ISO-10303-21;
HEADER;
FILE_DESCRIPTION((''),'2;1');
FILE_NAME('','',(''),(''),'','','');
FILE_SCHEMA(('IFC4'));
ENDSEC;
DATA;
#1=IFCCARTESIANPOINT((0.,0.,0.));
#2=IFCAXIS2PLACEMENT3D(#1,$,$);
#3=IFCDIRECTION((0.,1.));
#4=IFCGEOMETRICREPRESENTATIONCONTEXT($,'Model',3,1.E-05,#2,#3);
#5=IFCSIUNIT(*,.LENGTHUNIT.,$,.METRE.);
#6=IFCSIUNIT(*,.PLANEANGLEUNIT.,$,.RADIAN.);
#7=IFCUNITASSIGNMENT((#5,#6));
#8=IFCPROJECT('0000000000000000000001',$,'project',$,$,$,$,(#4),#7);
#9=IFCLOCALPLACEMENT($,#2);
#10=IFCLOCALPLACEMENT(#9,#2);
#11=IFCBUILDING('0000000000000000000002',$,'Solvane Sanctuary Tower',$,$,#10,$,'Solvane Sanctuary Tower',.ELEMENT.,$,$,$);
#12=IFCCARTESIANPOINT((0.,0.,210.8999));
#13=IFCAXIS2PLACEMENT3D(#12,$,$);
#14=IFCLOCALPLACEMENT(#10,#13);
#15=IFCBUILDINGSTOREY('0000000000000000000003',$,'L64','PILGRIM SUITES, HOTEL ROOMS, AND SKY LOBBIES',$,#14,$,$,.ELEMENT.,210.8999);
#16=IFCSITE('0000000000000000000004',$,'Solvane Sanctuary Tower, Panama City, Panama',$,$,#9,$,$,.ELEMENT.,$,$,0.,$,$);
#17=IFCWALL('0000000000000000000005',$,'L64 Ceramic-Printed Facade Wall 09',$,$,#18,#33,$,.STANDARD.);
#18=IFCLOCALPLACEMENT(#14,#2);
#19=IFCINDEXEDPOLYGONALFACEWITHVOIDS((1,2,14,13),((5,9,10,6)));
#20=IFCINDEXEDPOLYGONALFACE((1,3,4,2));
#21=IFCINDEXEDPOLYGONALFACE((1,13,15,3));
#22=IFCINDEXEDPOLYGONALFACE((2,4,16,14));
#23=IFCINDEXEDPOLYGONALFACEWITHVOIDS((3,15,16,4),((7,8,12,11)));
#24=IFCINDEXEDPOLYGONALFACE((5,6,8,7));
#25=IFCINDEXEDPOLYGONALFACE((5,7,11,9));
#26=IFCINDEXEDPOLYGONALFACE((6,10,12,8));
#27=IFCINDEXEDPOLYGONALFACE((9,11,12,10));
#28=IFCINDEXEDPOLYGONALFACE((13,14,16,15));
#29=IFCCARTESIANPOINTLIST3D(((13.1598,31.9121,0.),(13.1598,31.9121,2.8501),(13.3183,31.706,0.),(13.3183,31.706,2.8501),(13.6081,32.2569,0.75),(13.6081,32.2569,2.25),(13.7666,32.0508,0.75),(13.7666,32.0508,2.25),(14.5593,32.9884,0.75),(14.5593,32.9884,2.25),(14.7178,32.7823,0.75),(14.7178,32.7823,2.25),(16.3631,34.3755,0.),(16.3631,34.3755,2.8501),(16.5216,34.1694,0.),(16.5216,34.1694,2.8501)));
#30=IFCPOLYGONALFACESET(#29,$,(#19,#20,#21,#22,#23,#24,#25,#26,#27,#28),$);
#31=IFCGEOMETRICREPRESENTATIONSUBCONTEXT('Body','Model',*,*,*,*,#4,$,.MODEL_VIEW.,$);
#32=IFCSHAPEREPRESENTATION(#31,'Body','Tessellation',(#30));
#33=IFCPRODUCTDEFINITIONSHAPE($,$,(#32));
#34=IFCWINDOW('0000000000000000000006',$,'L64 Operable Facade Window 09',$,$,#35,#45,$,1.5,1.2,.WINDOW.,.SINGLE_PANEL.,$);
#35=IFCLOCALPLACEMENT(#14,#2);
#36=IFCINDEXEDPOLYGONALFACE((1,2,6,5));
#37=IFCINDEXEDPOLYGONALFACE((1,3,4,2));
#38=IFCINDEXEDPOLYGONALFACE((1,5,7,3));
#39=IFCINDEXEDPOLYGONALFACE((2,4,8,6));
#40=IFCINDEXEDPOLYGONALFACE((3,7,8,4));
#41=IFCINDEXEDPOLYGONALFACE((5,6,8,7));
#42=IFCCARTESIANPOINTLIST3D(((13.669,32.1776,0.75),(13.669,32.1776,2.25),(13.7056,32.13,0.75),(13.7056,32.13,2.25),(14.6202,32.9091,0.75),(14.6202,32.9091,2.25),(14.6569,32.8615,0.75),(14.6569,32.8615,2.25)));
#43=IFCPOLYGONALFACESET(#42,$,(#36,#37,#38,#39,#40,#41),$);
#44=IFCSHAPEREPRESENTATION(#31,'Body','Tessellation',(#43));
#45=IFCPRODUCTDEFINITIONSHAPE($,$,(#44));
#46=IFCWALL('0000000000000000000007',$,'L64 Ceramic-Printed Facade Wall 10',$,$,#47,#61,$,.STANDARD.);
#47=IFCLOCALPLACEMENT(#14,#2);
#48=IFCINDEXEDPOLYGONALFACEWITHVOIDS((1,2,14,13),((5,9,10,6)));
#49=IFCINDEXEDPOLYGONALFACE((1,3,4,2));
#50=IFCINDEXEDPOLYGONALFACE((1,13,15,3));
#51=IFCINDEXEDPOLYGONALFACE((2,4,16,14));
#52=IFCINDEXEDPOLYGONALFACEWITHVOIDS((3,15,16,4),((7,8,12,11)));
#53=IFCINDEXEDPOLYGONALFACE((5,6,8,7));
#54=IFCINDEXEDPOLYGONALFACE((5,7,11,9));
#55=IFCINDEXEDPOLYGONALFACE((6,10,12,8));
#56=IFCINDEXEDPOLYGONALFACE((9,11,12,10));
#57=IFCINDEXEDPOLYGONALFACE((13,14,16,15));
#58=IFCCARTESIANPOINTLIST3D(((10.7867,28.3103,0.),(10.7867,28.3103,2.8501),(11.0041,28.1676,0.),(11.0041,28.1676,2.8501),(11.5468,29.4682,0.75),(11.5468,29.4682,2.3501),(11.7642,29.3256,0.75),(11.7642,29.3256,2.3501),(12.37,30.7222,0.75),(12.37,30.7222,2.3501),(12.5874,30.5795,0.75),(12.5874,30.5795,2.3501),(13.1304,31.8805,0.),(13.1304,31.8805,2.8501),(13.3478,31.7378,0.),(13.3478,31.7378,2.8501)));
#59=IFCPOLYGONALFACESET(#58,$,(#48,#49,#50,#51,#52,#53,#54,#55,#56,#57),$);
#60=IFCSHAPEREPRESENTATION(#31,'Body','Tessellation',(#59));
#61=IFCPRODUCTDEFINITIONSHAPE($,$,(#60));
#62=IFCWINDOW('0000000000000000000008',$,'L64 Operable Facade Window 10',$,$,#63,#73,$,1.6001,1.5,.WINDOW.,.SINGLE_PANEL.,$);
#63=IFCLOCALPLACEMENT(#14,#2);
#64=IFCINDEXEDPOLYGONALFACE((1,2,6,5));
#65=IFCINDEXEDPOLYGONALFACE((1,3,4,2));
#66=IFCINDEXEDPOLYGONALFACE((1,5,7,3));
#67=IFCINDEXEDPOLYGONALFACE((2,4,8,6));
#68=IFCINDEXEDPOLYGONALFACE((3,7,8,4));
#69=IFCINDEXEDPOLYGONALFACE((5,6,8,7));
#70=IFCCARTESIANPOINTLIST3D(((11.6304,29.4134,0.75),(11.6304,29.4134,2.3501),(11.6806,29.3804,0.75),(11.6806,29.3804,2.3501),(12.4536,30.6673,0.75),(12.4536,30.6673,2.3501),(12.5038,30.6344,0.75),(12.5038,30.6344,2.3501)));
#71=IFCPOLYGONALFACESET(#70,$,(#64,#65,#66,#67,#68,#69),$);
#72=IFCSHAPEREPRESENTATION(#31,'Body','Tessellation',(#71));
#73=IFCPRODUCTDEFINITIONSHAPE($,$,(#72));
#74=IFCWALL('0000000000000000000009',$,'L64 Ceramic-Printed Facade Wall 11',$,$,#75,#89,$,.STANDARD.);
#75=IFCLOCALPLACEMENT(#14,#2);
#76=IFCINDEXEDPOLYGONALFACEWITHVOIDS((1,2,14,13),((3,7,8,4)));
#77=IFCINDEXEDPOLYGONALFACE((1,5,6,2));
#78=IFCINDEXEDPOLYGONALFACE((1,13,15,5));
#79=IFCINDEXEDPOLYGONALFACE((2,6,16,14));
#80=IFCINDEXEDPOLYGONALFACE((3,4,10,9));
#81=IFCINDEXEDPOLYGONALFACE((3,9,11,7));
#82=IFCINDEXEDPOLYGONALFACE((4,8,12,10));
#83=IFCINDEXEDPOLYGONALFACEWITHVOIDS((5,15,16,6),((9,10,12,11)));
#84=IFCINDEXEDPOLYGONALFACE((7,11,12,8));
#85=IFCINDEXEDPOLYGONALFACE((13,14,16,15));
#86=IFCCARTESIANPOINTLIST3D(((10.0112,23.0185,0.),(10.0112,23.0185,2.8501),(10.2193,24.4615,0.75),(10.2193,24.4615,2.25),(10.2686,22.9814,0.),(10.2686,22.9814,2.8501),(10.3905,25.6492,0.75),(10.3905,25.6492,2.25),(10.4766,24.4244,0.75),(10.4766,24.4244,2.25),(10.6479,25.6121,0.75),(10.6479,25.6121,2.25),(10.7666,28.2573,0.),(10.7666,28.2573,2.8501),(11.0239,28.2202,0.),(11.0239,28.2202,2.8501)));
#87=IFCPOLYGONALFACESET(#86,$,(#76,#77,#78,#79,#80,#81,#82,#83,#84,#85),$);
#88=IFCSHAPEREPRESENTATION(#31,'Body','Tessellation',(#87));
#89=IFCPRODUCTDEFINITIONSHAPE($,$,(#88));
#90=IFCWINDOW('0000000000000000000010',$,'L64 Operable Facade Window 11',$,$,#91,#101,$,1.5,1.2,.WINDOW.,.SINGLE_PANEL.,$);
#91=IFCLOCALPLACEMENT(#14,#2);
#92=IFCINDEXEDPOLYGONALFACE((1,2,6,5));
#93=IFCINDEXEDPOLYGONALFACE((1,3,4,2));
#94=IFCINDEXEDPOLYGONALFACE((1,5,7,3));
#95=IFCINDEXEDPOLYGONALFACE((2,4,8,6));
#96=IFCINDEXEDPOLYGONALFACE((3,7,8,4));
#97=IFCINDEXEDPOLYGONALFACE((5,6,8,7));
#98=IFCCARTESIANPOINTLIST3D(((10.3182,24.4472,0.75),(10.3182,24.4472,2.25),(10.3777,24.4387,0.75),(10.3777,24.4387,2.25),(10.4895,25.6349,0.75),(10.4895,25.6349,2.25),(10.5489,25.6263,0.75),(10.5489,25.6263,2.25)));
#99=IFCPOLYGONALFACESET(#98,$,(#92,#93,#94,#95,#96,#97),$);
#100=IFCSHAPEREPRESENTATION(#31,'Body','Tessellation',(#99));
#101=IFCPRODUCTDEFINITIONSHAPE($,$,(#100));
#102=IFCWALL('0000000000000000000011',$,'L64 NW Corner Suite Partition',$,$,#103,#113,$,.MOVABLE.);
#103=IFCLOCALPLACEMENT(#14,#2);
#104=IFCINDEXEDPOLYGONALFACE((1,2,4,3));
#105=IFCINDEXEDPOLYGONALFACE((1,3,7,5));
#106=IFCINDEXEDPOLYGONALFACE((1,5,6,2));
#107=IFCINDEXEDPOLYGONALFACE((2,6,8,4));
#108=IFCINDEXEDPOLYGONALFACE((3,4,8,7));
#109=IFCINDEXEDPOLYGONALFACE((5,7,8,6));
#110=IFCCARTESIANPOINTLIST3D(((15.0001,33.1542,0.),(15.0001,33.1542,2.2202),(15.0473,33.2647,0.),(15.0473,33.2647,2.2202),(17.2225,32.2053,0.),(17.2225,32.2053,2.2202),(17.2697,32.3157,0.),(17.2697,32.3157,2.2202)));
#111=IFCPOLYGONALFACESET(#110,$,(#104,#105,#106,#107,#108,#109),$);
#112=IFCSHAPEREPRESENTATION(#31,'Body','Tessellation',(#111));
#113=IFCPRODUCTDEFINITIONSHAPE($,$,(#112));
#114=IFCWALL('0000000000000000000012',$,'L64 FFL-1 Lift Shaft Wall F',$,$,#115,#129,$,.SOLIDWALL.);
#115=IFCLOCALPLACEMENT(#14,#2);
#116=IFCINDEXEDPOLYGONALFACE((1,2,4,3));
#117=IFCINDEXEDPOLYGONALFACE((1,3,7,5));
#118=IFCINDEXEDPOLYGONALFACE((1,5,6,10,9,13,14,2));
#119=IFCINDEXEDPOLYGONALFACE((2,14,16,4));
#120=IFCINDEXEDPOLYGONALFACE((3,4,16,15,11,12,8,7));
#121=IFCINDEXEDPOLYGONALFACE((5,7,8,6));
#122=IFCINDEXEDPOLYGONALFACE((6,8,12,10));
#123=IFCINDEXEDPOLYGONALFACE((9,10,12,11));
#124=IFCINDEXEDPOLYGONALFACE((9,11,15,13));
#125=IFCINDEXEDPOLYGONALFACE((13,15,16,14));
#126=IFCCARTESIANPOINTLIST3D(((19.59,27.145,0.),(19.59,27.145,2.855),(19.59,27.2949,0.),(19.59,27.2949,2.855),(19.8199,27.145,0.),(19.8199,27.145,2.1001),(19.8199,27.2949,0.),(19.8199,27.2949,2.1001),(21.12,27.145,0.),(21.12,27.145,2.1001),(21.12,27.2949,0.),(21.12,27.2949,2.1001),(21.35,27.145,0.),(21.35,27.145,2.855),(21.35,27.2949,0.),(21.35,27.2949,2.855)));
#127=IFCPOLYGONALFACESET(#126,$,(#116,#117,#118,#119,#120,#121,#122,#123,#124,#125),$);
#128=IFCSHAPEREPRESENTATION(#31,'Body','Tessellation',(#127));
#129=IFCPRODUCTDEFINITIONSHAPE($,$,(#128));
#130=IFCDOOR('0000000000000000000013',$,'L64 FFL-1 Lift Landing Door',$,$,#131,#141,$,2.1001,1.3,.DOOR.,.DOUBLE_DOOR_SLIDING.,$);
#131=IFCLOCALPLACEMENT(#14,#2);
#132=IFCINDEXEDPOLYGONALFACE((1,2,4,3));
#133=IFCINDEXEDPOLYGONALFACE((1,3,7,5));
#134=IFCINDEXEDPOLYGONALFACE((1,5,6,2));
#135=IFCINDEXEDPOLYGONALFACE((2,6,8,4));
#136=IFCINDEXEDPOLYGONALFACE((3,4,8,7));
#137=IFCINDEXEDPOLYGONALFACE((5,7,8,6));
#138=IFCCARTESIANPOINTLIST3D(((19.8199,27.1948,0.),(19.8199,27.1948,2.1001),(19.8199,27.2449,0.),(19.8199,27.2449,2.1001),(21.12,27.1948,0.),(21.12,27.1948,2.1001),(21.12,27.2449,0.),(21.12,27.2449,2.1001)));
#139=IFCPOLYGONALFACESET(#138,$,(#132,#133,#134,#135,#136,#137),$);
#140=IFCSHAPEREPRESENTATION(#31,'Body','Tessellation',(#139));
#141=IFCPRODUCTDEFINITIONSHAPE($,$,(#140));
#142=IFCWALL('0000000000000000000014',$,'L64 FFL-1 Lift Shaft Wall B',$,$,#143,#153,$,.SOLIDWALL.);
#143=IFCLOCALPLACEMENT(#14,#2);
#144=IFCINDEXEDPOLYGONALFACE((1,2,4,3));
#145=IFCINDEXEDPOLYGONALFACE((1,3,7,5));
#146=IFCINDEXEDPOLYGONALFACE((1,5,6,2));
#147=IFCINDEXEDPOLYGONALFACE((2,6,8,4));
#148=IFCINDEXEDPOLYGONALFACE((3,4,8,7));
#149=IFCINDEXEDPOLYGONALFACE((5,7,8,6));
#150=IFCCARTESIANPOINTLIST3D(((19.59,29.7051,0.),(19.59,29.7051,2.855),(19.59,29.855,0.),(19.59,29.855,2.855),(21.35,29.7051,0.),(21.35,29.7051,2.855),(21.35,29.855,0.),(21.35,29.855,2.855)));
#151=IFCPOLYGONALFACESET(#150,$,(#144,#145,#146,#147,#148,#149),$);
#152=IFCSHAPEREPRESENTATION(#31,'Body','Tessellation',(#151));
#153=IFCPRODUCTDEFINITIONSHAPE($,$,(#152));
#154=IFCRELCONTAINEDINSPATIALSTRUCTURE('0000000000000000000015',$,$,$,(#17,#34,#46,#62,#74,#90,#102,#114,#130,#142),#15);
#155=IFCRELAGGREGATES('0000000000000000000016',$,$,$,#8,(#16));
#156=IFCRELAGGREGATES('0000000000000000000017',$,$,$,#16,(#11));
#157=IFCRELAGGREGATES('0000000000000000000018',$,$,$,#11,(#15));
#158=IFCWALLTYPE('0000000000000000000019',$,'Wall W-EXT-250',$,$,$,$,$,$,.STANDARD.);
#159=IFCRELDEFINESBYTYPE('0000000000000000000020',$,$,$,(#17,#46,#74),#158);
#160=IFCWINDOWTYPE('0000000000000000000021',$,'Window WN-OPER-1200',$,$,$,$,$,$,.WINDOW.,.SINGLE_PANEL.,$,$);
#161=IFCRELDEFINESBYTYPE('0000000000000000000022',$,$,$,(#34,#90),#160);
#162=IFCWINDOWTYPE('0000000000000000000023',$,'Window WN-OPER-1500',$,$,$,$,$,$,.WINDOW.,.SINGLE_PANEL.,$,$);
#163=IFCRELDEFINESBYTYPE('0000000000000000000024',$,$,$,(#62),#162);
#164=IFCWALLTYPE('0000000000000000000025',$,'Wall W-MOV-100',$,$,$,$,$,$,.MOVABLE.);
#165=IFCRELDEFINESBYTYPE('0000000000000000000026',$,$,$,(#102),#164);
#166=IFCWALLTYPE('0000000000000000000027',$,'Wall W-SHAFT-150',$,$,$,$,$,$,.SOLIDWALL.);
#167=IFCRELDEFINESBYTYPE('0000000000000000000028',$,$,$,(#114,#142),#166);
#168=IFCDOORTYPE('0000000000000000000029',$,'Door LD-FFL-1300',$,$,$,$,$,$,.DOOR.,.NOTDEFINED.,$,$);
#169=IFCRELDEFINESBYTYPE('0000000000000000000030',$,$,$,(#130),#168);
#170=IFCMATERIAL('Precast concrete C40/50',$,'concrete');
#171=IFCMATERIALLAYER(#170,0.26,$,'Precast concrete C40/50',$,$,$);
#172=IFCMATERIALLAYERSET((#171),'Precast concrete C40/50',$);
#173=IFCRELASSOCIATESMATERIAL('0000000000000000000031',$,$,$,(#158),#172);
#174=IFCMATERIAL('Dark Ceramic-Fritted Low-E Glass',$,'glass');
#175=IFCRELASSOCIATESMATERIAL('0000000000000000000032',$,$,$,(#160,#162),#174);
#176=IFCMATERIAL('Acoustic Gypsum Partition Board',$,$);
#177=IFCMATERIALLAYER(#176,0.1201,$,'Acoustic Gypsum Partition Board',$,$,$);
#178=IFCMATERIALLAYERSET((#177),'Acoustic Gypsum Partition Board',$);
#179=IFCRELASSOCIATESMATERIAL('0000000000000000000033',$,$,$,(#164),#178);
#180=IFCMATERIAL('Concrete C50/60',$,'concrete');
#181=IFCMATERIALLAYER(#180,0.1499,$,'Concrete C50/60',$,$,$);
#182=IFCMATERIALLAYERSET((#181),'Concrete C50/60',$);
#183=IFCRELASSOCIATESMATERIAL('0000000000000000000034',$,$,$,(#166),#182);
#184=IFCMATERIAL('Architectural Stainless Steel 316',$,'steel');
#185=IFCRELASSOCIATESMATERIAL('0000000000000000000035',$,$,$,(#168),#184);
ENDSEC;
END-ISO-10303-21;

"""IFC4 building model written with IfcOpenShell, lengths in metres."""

from ifc_helpers import new_model, si_unit, direction, frame, frame_2d, origin, place, context, subcontext, project, spatial, rectangle, extrude, material, layer, layer_set, type_object, element, fill, save


model = new_model("IFC4")

# Units and contexts
model_context = context("Model", 3, precision=1e-05, world=origin(), true_north=direction((0.0, 1.0)))
body_context = subcontext(model_context, "Body", "Model", "MODEL_VIEW")
ifc_project = project(units=[si_unit("LENGTHUNIT", "METRE"), si_unit("PLANEANGLEUNIT", "RADIAN")], contexts=[model_context])

# Site, building, storey
site_placement = place(None, origin())
site = spatial("IfcSite", under=ifc_project, at=site_placement, Name="Solvane Sanctuary Tower, Panama City, Panama", CompositionType="ELEMENT", RefElevation=0.0)
building_placement = place(site_placement, origin())
building = spatial("IfcBuilding", under=site, at=building_placement, Name="Solvane Sanctuary Tower", LongName="Solvane Sanctuary Tower", CompositionType="ELEMENT")
storey_placement = place(building_placement, frame((0.0, 0.0, 210.8999)))
storey = spatial("IfcBuildingStorey", under=building, at=storey_placement, Name="L64", Description="PILGRIM SUITES, HOTEL ROOMS, AND SKY LOBBIES", CompositionType="ELEMENT", Elevation=210.8999)

# Shared definitions
ifc_material_1 = material(Name="Concrete C50/60", Category="concrete")

# Shared definitions
ifc_material_2 = material(Name="Acoustic Gypsum Partition Board")

# Shared definitions
ifc_material_3 = material(Name="Architectural Stainless Steel 316", Category="steel")

# Shared definitions
ifc_material_4 = material(Name="Precast concrete C40/50", Category="concrete")
ifc_layer_1 = layer(ifc_material_4, 0.26, Name="Precast concrete C40/50")
ifc_layer_set_1 = layer_set([ifc_layer_1], Name="Precast concrete C40/50")
wall_type_1 = type_object("IfcWallType", Name="Wall W-EXT-250", PredefinedType="STANDARD", material=ifc_layer_set_1)

# Walls, openings, windows
wall_1_placement = place(storey_placement, frame((16.4424, 34.2725, 0.0), z_axis=(0.0, 0.0, 1.0), x_axis=(-0.792714, -0.609594, 0.0)))
wall_1 = element("IfcWall", 1, at=wall_1_placement, inside=storey, type_object=wall_type_1, Name="L64 Ceramic-Printed Facade Wall 09", PredefinedType="STANDARD", context=body_context, shape_type="SweptSolid", body=[
    extrude(rectangle(XDim=4.041, YDim=0.26, at=frame_2d((2.0205, 0.0))), origin(), (0.0, 0.0, 1.0), 2.8501),
])
opening_1_placement = place(wall_1_placement, frame((2.2754, 0.0, 0.75)))
opening_1 = element("IfcOpeningElement", 2, at=opening_1_placement, cuts=wall_1, PredefinedType="OPENING", context=body_context, shape_type="SweptSolid", body=[
    extrude(rectangle(XDim=1.2, YDim=1.5, at=frame_2d((0.6001, 0.75))), frame((0.0, 0.1399, 0.0), z_axis=(0.0, -1.0, 0.0), x_axis=(1.0, 0.0, 0.0)), (0.0, 0.0, 1.0), 0.28),
])
ifc_material_5 = material(Name="Dark Ceramic-Fritted Low-E Glass", Category="glass")
window_type_1 = type_object("IfcWindowType", Name="Window WN-OPER-1200", PartitioningType="SINGLE_PANEL", PredefinedType="WINDOW", material=ifc_material_5)
window_1_placement = place(opening_1_placement, origin())
window_1 = element("IfcWindow", 3, at=window_1_placement, inside=storey, type_object=window_type_1, Name="L64 Operable Facade Window 09", OverallHeight=1.5, OverallWidth=1.2, PartitioningType="SINGLE_PANEL", PredefinedType="WINDOW", context=body_context, shape_type="SweptSolid", body=[
    extrude(rectangle(XDim=1.2, YDim=1.5, at=frame_2d((0.6001, 0.75))), frame((0.0, 0.03, 0.0), z_axis=(0.0, -1.0, 0.0), x_axis=(1.0, 0.0, 0.0)), (0.0, 0.0, 1.0), 0.0601),
])
fill(opening_1, window_1)
wall_2_placement = place(storey_placement, frame((13.239, 31.8091, 0.0), z_axis=(0.0, 0.0, 1.0), x_axis=(-0.548776, -0.835969, 0.0)))
wall_2 = element("IfcWall", 4, at=wall_2_placement, inside=storey, type_object=wall_type_1, Name="L64 Ceramic-Printed Facade Wall 10", PredefinedType="STANDARD", context=body_context, shape_type="SweptSolid", body=[
    extrude(rectangle(XDim=4.2708, YDim=0.26, at=frame_2d((2.1353, 0.0))), origin(), (0.0, 0.0, 1.0), 2.8501),
])
opening_2_placement = place(wall_2_placement, frame((1.3855, 0.0, 0.75)))
opening_2 = element("IfcOpeningElement", 5, at=opening_2_placement, cuts=wall_2, PredefinedType="OPENING", context=body_context, shape_type="SweptSolid", body=[
    extrude(rectangle(XDim=1.5, YDim=1.6001, at=frame_2d((0.75, 0.8))), frame((0.0, 0.1399, 0.0), z_axis=(0.0, -1.0, 0.0), x_axis=(1.0, 0.0, 0.0)), (0.0, 0.0, 1.0), 0.28),
])
window_type_2 = type_object("IfcWindowType", Name="Window WN-OPER-1500", PartitioningType="SINGLE_PANEL", PredefinedType="WINDOW", material=ifc_material_5)
window_2_placement = place(opening_2_placement, origin())
window_2 = element("IfcWindow", 6, at=window_2_placement, inside=storey, type_object=window_type_2, Name="L64 Operable Facade Window 10", OverallHeight=1.6001, OverallWidth=1.5, PartitioningType="SINGLE_PANEL", PredefinedType="WINDOW", context=body_context, shape_type="SweptSolid", body=[
    extrude(rectangle(XDim=1.5, YDim=1.6001, at=frame_2d((0.75, 0.8))), frame((0.0, 0.03, 0.0), z_axis=(0.0, -1.0, 0.0), x_axis=(1.0, 0.0, 0.0)), (0.0, 0.0, 1.0), 0.0601),
])
fill(opening_2, window_2)
wall_3_placement = place(storey_placement, frame((10.8953, 28.2388, 0.0), z_axis=(0.0, 0.0, 1.0), x_axis=(-0.142713, -0.989764, 0.0)))
wall_3 = element("IfcWall", 7, at=wall_3_placement, inside=storey, type_object=wall_type_1, Name="L64 Ceramic-Printed Facade Wall 11", PredefinedType="STANDARD", context=body_context, shape_type="SweptSolid", body=[
    extrude(rectangle(XDim=5.293, YDim=0.26, at=frame_2d((2.6465, 0.0))), origin(), (0.0, 0.0, 1.0), 2.8501),
])
opening_3_placement = place(wall_3_placement, frame((2.635, 0.0, 0.75)))
opening_3 = element("IfcOpeningElement", 8, at=opening_3_placement, cuts=wall_3, PredefinedType="OPENING", context=body_context, shape_type="SweptSolid", body=[
    extrude(rectangle(XDim=1.2, YDim=1.5, at=frame_2d((0.6001, 0.75))), frame((0.0, 0.1399, 0.0), z_axis=(0.0, -1.0, 0.0), x_axis=(1.0, 0.0, 0.0)), (0.0, 0.0, 1.0), 0.28),
])
window_3_placement = place(opening_3_placement, origin())
window_3 = element("IfcWindow", 9, at=window_3_placement, inside=storey, type_object=window_type_1, Name="L64 Operable Facade Window 11", OverallHeight=1.5, OverallWidth=1.2, PartitioningType="SINGLE_PANEL", PredefinedType="WINDOW", context=body_context, shape_type="SweptSolid", body=[
    extrude(rectangle(XDim=1.2, YDim=1.5, at=frame_2d((0.6001, 0.75))), frame((0.0, 0.03, 0.0), z_axis=(0.0, -1.0, 0.0), x_axis=(1.0, 0.0, 0.0)), (0.0, 0.0, 1.0), 0.0601),
])
fill(opening_3, window_3)

# Wall
ifc_layer_2 = layer(ifc_material_2, 0.1201, Name="Acoustic Gypsum Partition Board")
ifc_layer_set_2 = layer_set([ifc_layer_2], Name="Acoustic Gypsum Partition Board")
wall_type_2 = type_object("IfcWallType", Name="Wall W-MOV-100", PredefinedType="MOVABLE", material=ifc_layer_set_2)
wall_4_placement = place(storey_placement, frame((17.2461, 32.2605, 0.0), z_axis=(0.0, 0.0, 1.0), x_axis=(-0.919667, 0.3927, 0.0)))
element("IfcWall", 10, at=wall_4_placement, inside=storey, type_object=wall_type_2, Name="L64 NW Corner Suite Partition", PredefinedType="MOVABLE", context=body_context, shape_type="SweptSolid", body=[
    extrude(rectangle(XDim=2.4165, YDim=0.1201, at=frame_2d((1.2083, 0.0))), origin(), (0.0, 0.0, 1.0), 2.2202),
])

# Wall, opening, door
ifc_layer_3 = layer(ifc_material_1, 0.1499, Name="Concrete C50/60")
ifc_layer_set_3 = layer_set([ifc_layer_3], Name="Concrete C50/60")
wall_type_3 = type_object("IfcWallType", Name="Wall W-SHAFT-150", PredefinedType="SOLIDWALL", material=ifc_layer_set_3)
wall_5_placement = place(storey_placement, frame((19.5901, 27.22, 0.0), z_axis=(0.0, 0.0, 1.0), x_axis=(1.0, 0.0, 0.0)))
wall_5 = element("IfcWall", 11, at=wall_5_placement, inside=storey, type_object=wall_type_3, Name="L64 FFL-1 Lift Shaft Wall F", PredefinedType="SOLIDWALL", context=body_context, shape_type="SweptSolid", body=[
    extrude(rectangle(XDim=1.76, YDim=0.1499, at=frame_2d((0.8799, 0.0))), origin(), (0.0, 0.0, 1.0), 2.855),
])
opening_4_placement = place(wall_5_placement, frame((0.23, 0.0, 0.0)))
opening_4 = element("IfcOpeningElement", 12, at=opening_4_placement, cuts=wall_5, PredefinedType="OPENING", context=body_context, shape_type="SweptSolid", body=[
    extrude(rectangle(XDim=1.3, YDim=2.1001, at=frame_2d((0.6499, 1.05))), frame((0.0, 0.085, 0.0), z_axis=(0.0, -1.0, 0.0), x_axis=(1.0, 0.0, 0.0)), (0.0, 0.0, 1.0), 0.1699),
])
door_type_1 = type_object("IfcDoorType", Name="Door LD-FFL-1300", OperationType="NOTDEFINED", PredefinedType="DOOR", material=ifc_material_3)
door_1_placement = place(opening_4_placement, origin())
door_1 = element("IfcDoor", 13, at=door_1_placement, inside=storey, type_object=door_type_1, Name="L64 FFL-1 Lift Landing Door", OperationType="DOUBLE_DOOR_SLIDING", OverallHeight=2.1001, OverallWidth=1.3, PredefinedType="DOOR", context=body_context, shape_type="SweptSolid", body=[
    extrude(rectangle(XDim=1.3, YDim=2.1001, at=frame_2d((0.6499, 1.05))), frame((0.0, 0.0249, 0.0), z_axis=(0.0, -1.0, 0.0), x_axis=(1.0, 0.0, 0.0)), (0.0, 0.0, 1.0), 0.05),
])
fill(opening_4, door_1)

# Wall
wall_6_placement = place(storey_placement, frame((19.5901, 29.78, 0.0), z_axis=(0.0, 0.0, 1.0), x_axis=(1.0, 0.0, 0.0)))
element("IfcWall", 14, at=wall_6_placement, inside=storey, type_object=wall_type_3, Name="L64 FFL-1 Lift Shaft Wall B", PredefinedType="SOLIDWALL", context=body_context, shape_type="SweptSolid", body=[
    extrude(rectangle(XDim=1.76, YDim=0.1499, at=frame_2d((0.8799, 0.0))), origin(), (0.0, 0.0, 1.0), 2.855),
])

save(model, "model.ifc")
